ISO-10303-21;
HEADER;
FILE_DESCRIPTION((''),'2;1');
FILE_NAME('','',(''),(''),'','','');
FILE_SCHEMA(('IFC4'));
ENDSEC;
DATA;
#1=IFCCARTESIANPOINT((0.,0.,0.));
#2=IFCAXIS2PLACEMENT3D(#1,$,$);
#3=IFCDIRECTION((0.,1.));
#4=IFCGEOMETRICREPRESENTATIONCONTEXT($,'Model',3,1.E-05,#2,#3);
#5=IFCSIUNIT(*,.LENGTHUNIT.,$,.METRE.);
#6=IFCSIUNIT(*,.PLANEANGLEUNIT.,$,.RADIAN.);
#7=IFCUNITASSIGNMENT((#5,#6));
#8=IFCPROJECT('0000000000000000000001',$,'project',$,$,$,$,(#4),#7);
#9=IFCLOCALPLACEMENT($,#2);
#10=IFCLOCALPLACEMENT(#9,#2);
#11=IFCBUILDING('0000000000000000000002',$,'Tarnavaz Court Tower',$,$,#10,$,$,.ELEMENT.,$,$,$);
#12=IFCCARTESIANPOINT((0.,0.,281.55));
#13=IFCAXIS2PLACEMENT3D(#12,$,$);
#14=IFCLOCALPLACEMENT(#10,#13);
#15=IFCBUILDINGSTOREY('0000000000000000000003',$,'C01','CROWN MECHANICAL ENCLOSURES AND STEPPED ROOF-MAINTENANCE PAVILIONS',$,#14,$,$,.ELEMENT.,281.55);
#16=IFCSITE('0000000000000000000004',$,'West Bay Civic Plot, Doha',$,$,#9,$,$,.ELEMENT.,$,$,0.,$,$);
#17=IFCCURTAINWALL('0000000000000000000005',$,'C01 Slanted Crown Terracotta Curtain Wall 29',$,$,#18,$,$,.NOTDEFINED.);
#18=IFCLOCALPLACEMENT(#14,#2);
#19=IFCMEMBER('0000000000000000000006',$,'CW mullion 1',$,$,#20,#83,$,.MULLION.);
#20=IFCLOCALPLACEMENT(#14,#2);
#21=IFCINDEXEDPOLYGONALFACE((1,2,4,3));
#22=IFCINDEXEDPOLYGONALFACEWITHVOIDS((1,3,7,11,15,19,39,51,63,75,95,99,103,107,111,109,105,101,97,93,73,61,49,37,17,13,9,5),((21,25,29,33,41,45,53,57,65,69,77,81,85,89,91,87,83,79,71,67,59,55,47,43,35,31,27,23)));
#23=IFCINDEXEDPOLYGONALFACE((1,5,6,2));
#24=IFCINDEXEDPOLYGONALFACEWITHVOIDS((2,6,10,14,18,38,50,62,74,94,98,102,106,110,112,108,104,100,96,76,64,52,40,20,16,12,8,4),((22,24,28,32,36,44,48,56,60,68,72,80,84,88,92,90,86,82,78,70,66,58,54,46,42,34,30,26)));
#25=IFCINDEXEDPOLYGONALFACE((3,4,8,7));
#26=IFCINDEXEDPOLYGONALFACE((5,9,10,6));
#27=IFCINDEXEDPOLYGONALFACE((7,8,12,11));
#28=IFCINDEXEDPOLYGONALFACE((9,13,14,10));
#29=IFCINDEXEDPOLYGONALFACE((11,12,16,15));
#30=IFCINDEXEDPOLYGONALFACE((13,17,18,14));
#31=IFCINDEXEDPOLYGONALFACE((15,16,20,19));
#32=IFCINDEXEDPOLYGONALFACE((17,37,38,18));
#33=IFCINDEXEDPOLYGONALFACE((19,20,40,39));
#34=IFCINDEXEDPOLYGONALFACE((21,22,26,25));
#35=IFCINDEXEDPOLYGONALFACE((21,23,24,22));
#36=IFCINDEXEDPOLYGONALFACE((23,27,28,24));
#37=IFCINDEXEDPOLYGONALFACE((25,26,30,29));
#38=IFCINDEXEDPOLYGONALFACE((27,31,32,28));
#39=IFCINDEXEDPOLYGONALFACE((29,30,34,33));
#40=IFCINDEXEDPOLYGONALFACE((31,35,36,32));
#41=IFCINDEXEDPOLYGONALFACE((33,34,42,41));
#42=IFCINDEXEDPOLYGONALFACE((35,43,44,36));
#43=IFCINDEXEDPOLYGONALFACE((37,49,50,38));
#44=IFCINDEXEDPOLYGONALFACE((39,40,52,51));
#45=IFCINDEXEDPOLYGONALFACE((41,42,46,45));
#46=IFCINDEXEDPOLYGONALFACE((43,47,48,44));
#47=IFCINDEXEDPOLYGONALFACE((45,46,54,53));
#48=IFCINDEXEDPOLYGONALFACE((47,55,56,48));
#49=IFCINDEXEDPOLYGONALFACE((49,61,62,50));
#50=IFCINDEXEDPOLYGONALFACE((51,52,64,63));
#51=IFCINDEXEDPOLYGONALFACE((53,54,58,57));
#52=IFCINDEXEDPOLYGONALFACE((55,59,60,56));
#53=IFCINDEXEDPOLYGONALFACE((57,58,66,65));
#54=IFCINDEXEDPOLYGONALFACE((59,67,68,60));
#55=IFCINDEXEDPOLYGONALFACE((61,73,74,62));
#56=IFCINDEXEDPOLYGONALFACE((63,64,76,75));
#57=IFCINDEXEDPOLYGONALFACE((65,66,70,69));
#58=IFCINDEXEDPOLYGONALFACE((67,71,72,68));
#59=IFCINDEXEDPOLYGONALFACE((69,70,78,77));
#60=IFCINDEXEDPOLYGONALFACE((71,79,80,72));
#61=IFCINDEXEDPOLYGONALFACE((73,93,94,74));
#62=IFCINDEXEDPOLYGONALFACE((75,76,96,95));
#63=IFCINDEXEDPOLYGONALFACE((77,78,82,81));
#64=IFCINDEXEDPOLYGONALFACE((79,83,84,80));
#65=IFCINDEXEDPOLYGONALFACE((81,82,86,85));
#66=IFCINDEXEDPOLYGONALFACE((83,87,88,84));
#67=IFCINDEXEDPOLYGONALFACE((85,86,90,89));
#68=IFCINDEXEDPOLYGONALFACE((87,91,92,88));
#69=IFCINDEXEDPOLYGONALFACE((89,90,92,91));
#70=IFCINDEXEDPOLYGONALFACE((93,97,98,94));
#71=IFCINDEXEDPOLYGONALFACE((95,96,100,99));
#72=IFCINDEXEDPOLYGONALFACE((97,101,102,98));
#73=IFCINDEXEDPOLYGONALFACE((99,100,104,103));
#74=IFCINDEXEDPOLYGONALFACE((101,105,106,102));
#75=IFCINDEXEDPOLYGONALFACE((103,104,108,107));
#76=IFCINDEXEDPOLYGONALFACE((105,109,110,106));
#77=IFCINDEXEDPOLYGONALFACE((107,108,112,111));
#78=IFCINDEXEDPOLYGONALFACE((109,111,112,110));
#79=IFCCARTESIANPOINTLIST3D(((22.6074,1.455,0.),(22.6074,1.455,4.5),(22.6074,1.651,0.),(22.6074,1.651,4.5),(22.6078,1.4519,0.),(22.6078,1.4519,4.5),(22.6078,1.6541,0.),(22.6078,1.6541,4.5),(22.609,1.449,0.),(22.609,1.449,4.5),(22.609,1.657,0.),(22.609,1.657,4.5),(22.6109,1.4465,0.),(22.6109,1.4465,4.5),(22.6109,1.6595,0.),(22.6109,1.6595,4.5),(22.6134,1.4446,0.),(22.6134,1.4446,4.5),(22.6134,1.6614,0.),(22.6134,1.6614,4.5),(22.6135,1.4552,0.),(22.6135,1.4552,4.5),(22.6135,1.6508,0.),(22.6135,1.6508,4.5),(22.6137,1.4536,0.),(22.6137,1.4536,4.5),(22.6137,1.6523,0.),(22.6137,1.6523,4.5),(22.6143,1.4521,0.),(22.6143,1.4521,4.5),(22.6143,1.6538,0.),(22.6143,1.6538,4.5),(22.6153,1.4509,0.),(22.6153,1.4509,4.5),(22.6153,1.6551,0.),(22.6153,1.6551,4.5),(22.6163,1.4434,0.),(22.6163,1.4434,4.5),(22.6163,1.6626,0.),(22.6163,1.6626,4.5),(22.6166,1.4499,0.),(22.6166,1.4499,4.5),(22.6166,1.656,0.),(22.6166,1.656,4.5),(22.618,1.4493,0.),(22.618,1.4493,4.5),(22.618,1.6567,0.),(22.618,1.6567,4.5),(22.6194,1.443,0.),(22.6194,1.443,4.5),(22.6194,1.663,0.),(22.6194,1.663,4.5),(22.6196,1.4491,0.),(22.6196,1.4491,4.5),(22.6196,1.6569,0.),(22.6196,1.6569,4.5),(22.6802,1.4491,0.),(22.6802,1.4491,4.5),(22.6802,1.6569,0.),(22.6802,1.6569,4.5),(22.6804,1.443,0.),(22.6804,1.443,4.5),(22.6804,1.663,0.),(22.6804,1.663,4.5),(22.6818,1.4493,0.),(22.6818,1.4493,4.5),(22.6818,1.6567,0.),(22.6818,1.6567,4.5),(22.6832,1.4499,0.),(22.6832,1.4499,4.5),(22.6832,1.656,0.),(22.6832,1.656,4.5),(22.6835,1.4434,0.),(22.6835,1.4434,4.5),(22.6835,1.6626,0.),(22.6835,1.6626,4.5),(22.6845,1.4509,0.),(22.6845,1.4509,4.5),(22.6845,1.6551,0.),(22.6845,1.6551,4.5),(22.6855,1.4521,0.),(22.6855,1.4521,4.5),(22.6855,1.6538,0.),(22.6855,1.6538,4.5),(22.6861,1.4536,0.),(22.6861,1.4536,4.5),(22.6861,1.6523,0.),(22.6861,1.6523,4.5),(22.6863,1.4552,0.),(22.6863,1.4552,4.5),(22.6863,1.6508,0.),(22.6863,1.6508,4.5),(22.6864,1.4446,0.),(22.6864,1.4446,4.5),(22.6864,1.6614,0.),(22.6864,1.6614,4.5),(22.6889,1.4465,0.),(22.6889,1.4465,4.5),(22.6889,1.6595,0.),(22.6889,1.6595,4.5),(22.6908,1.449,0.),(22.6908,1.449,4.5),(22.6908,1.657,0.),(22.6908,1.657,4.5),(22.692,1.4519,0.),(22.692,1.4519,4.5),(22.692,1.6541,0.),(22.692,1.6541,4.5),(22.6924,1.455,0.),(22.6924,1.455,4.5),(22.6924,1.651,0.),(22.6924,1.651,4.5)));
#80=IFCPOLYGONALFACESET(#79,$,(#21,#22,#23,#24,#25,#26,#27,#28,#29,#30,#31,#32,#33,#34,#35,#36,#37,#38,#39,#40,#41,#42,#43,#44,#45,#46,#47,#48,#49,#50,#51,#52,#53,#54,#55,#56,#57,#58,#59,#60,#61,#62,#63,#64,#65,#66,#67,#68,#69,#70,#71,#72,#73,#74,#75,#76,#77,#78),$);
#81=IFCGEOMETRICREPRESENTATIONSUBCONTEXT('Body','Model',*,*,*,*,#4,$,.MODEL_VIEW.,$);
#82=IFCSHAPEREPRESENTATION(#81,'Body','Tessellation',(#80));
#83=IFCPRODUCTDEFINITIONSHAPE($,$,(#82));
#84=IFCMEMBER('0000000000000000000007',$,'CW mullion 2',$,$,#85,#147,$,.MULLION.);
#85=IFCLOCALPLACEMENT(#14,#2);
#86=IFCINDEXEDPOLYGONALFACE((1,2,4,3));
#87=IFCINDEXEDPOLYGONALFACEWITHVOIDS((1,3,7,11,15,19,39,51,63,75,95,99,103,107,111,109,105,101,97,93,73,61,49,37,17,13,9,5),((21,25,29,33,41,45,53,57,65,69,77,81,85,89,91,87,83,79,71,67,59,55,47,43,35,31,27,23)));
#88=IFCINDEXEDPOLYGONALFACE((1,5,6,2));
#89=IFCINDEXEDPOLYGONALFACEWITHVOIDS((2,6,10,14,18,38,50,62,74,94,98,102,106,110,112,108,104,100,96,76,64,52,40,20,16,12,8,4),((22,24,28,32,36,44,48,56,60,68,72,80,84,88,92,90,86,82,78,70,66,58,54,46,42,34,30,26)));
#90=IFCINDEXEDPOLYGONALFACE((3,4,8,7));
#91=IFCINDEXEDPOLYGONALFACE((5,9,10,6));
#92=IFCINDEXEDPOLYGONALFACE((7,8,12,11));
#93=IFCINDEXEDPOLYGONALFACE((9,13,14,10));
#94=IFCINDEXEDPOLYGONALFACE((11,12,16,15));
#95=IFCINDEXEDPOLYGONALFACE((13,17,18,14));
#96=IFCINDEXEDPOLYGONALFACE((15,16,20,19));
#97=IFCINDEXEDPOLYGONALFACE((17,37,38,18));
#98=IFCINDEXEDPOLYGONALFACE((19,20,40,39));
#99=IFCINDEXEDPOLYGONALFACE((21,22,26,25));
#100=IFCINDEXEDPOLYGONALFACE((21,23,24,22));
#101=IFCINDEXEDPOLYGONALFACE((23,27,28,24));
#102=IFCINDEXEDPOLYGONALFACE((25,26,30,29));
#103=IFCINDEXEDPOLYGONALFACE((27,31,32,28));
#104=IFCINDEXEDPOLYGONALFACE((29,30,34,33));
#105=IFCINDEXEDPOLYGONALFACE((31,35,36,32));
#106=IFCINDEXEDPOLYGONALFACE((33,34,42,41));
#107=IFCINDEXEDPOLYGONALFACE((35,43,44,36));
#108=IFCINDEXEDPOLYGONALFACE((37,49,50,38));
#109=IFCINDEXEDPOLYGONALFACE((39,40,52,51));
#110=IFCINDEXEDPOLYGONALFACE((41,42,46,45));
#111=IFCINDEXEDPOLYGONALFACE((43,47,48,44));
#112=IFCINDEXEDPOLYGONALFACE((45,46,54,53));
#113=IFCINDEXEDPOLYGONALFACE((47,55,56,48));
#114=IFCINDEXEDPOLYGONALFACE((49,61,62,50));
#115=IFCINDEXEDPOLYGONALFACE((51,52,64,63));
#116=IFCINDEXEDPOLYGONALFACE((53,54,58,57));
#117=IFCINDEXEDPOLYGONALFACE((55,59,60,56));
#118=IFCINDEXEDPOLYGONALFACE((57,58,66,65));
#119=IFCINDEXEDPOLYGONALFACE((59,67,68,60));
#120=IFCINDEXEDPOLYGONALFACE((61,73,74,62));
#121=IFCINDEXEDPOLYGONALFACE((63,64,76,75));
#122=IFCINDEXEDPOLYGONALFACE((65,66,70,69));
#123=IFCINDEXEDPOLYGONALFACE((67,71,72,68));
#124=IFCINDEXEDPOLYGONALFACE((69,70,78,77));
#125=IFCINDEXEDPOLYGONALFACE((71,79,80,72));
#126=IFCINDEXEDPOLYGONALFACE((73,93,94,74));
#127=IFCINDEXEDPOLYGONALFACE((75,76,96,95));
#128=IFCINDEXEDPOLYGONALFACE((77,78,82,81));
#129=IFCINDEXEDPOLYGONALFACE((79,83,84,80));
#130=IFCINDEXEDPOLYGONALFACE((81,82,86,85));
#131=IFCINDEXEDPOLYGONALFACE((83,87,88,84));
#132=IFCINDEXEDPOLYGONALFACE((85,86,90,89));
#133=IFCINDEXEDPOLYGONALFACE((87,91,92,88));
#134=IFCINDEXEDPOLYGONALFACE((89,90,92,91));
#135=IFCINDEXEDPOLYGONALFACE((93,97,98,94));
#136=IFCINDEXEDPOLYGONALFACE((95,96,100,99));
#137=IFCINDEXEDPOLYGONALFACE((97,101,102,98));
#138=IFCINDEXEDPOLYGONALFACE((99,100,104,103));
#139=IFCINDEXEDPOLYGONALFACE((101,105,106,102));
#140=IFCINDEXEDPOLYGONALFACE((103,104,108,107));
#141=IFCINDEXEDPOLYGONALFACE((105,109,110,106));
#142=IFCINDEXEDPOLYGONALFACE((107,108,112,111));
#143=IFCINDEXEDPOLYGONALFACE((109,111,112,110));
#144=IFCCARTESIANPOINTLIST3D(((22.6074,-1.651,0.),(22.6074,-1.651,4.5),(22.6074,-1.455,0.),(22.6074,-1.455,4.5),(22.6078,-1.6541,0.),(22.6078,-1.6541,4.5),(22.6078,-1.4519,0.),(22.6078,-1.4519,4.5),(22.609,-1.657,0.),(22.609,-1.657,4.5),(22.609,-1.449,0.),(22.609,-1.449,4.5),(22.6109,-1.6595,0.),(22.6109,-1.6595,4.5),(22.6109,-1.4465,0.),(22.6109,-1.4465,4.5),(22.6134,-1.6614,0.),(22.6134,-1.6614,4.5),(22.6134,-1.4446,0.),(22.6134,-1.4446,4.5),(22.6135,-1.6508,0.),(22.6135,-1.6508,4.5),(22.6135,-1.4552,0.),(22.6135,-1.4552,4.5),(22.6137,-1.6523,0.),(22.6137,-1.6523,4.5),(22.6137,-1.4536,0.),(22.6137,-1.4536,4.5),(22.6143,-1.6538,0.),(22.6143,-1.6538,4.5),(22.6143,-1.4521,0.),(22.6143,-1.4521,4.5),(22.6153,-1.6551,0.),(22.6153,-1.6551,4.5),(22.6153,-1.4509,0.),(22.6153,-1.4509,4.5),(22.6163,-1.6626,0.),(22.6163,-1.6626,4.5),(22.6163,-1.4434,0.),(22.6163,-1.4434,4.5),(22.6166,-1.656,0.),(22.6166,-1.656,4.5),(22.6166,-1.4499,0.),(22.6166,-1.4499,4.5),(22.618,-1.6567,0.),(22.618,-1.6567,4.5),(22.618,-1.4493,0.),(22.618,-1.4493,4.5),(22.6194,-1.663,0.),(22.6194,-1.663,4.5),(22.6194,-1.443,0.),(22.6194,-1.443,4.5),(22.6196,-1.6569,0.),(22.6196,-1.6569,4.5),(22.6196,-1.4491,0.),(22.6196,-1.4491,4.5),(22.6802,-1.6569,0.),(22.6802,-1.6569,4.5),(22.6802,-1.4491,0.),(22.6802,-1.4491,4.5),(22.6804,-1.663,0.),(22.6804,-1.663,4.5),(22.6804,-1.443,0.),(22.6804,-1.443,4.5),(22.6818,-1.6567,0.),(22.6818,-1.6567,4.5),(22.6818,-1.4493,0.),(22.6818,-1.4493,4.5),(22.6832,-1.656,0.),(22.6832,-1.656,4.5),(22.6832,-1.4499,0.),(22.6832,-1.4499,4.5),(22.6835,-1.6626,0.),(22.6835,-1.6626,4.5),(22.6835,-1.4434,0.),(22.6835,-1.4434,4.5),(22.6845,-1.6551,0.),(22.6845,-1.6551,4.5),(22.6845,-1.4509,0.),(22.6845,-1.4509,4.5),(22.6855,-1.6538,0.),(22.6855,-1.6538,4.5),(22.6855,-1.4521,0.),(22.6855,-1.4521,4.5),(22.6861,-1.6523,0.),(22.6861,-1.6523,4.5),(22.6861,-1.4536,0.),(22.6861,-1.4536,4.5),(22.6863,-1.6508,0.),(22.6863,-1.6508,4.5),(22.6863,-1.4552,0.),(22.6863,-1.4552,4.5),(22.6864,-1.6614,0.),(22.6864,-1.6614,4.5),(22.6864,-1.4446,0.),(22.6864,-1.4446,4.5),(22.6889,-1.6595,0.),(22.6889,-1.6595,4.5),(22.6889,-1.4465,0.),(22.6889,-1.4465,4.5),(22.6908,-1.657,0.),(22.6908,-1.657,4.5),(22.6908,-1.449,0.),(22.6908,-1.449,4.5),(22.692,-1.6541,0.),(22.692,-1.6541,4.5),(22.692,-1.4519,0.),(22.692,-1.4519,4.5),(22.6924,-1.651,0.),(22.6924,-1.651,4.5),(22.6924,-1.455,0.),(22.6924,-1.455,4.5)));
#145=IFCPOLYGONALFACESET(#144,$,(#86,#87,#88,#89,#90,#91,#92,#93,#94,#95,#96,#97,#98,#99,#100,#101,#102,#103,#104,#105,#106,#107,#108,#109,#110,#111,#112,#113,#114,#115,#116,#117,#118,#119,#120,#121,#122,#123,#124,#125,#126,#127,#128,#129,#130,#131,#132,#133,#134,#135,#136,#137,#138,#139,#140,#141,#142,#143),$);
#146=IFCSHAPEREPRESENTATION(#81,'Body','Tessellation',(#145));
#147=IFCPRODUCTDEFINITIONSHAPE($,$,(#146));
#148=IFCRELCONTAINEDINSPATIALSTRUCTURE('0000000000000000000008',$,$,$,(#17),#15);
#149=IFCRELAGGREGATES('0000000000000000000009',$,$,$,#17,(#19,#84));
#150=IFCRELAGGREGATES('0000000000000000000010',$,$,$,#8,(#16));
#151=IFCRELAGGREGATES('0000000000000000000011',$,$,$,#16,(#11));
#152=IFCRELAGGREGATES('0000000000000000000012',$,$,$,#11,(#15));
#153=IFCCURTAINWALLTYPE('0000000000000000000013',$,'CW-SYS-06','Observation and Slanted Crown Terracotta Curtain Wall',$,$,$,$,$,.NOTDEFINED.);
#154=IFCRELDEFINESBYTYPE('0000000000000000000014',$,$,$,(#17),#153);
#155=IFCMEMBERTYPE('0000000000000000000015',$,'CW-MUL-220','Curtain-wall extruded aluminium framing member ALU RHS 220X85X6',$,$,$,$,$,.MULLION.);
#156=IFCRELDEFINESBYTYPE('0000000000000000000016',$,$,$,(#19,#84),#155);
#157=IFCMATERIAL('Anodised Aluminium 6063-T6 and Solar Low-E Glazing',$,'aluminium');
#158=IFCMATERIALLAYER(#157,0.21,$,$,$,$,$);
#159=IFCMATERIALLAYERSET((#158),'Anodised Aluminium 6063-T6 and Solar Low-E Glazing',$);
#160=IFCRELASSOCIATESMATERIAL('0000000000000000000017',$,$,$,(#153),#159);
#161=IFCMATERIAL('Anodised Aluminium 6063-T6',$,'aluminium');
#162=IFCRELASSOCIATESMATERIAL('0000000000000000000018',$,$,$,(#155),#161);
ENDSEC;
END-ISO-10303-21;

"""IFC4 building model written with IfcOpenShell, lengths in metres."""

from ifc_helpers import new_model, si_unit, direction, frame, origin, origin_2d, place, context, subcontext, project, spatial, hollow_rectangle, extrude, material, layer, layer_set, material_profile, profile_set, type_object, element, aggregate, save


model = new_model("IFC4")

# Units and contexts
model_context = context("Model", 3, precision=1e-05, world=origin(), true_north=direction((0.0, 1.0)))
body_context = subcontext(model_context, "Body", "Model", "MODEL_VIEW")
ifc_project = project(units=[si_unit("LENGTHUNIT", "METRE"), si_unit("PLANEANGLEUNIT", "RADIAN")], contexts=[model_context])

# Site, building, storey
site_placement = place(None, origin())
site = spatial("IfcSite", under=ifc_project, at=site_placement, Name="West Bay Civic Plot, Doha", CompositionType="ELEMENT", RefElevation=0.0)
building_placement = place(site_placement, origin())
building = spatial("IfcBuilding", under=site, at=building_placement, Name="Tarnavaz Court Tower", CompositionType="ELEMENT")
storey_placement = place(building_placement, frame((0.0, 0.0, 281.55)))
storey = spatial("IfcBuildingStorey", under=building, at=storey_placement, Name="C01", Description="CROWN MECHANICAL ENCLOSURES AND STEPPED ROOF-MAINTENANCE PAVILIONS", CompositionType="ELEMENT", Elevation=281.55)

# Curtain wall, members
ifc_material_1 = material(Name="Anodised Aluminium 6063-T6 and Solar Low-E Glazing", Category="aluminium")
ifc_layer_1 = layer(ifc_material_1, 0.21)
ifc_layer_set_1 = layer_set([ifc_layer_1], Name="Anodised Aluminium 6063-T6 and Solar Low-E Glazing")
curtain_wall_type = type_object("IfcCurtainWallType", Name="CW-SYS-06", Description="Observation and Slanted Crown Terracotta Curtain Wall", PredefinedType="NOTDEFINED", material=ifc_layer_set_1)
curtain_wall_1_placement = place(storey_placement, origin())
curtain_wall_1 = element("IfcCurtainWall", 1, at=curtain_wall_1_placement, inside=storey, type_object=curtain_wall_type, Name="C01 Slanted Crown Terracotta Curtain Wall 29", PredefinedType="NOTDEFINED")
ifc_material_2 = material(Name="Anodised Aluminium 6063-T6", Category="aluminium")
ifc_material_profile_1 = material_profile(ifc_material_2, hollow_rectangle(XDim=0.085, YDim=0.22, WallThickness=0.0061, InnerFilletRadius=0.0061, OuterFilletRadius=0.012, at=origin_2d()), Name="ALU RHS 220X85X6")
ifc_profile_set_1 = profile_set([ifc_material_profile_1], Name="Anodised Aluminium 6063-T6")
member_type_1 = type_object("IfcMemberType", Name="CW-MUL-220", Description="Curtain-wall extruded aluminium framing member ALU RHS 220X85X6", PredefinedType="MULLION", material=ifc_profile_set_1)
member_1_placement = place(storey_placement, frame((22.6499, 1.553, 0.0), z_axis=(0.0, 0.0, 1.0), x_axis=(1.0, 0.0, 0.0)))
member_1 = element("IfcMember", 2, at=member_1_placement, type_object=member_type_1, Name="CW mullion 1", PredefinedType="MULLION", context=body_context, shape_type="SweptSolid", body=[
    extrude(hollow_rectangle(XDim=0.085, YDim=0.22, WallThickness=0.0061, InnerFilletRadius=0.0061, OuterFilletRadius=0.012, at=origin_2d()), origin(), (0.0, 0.0, 1.0), 4.5),
])
member_2_placement = place(storey_placement, frame((22.6499, -1.553, 0.0), z_axis=(0.0, 0.0, 1.0), x_axis=(1.0, 0.0, 0.0)))
member_2 = element("IfcMember", 3, at=member_2_placement, type_object=member_type_1, Name="CW mullion 2", PredefinedType="MULLION", context=body_context, shape_type="SweptSolid", body=[
    extrude(hollow_rectangle(XDim=0.085, YDim=0.22, WallThickness=0.0061, InnerFilletRadius=0.0061, OuterFilletRadius=0.012, at=origin_2d()), origin(), (0.0, 0.0, 1.0), 4.5),
])

aggregate(curtain_wall_1, [member_1, member_2])

save(model, "model.ifc")
